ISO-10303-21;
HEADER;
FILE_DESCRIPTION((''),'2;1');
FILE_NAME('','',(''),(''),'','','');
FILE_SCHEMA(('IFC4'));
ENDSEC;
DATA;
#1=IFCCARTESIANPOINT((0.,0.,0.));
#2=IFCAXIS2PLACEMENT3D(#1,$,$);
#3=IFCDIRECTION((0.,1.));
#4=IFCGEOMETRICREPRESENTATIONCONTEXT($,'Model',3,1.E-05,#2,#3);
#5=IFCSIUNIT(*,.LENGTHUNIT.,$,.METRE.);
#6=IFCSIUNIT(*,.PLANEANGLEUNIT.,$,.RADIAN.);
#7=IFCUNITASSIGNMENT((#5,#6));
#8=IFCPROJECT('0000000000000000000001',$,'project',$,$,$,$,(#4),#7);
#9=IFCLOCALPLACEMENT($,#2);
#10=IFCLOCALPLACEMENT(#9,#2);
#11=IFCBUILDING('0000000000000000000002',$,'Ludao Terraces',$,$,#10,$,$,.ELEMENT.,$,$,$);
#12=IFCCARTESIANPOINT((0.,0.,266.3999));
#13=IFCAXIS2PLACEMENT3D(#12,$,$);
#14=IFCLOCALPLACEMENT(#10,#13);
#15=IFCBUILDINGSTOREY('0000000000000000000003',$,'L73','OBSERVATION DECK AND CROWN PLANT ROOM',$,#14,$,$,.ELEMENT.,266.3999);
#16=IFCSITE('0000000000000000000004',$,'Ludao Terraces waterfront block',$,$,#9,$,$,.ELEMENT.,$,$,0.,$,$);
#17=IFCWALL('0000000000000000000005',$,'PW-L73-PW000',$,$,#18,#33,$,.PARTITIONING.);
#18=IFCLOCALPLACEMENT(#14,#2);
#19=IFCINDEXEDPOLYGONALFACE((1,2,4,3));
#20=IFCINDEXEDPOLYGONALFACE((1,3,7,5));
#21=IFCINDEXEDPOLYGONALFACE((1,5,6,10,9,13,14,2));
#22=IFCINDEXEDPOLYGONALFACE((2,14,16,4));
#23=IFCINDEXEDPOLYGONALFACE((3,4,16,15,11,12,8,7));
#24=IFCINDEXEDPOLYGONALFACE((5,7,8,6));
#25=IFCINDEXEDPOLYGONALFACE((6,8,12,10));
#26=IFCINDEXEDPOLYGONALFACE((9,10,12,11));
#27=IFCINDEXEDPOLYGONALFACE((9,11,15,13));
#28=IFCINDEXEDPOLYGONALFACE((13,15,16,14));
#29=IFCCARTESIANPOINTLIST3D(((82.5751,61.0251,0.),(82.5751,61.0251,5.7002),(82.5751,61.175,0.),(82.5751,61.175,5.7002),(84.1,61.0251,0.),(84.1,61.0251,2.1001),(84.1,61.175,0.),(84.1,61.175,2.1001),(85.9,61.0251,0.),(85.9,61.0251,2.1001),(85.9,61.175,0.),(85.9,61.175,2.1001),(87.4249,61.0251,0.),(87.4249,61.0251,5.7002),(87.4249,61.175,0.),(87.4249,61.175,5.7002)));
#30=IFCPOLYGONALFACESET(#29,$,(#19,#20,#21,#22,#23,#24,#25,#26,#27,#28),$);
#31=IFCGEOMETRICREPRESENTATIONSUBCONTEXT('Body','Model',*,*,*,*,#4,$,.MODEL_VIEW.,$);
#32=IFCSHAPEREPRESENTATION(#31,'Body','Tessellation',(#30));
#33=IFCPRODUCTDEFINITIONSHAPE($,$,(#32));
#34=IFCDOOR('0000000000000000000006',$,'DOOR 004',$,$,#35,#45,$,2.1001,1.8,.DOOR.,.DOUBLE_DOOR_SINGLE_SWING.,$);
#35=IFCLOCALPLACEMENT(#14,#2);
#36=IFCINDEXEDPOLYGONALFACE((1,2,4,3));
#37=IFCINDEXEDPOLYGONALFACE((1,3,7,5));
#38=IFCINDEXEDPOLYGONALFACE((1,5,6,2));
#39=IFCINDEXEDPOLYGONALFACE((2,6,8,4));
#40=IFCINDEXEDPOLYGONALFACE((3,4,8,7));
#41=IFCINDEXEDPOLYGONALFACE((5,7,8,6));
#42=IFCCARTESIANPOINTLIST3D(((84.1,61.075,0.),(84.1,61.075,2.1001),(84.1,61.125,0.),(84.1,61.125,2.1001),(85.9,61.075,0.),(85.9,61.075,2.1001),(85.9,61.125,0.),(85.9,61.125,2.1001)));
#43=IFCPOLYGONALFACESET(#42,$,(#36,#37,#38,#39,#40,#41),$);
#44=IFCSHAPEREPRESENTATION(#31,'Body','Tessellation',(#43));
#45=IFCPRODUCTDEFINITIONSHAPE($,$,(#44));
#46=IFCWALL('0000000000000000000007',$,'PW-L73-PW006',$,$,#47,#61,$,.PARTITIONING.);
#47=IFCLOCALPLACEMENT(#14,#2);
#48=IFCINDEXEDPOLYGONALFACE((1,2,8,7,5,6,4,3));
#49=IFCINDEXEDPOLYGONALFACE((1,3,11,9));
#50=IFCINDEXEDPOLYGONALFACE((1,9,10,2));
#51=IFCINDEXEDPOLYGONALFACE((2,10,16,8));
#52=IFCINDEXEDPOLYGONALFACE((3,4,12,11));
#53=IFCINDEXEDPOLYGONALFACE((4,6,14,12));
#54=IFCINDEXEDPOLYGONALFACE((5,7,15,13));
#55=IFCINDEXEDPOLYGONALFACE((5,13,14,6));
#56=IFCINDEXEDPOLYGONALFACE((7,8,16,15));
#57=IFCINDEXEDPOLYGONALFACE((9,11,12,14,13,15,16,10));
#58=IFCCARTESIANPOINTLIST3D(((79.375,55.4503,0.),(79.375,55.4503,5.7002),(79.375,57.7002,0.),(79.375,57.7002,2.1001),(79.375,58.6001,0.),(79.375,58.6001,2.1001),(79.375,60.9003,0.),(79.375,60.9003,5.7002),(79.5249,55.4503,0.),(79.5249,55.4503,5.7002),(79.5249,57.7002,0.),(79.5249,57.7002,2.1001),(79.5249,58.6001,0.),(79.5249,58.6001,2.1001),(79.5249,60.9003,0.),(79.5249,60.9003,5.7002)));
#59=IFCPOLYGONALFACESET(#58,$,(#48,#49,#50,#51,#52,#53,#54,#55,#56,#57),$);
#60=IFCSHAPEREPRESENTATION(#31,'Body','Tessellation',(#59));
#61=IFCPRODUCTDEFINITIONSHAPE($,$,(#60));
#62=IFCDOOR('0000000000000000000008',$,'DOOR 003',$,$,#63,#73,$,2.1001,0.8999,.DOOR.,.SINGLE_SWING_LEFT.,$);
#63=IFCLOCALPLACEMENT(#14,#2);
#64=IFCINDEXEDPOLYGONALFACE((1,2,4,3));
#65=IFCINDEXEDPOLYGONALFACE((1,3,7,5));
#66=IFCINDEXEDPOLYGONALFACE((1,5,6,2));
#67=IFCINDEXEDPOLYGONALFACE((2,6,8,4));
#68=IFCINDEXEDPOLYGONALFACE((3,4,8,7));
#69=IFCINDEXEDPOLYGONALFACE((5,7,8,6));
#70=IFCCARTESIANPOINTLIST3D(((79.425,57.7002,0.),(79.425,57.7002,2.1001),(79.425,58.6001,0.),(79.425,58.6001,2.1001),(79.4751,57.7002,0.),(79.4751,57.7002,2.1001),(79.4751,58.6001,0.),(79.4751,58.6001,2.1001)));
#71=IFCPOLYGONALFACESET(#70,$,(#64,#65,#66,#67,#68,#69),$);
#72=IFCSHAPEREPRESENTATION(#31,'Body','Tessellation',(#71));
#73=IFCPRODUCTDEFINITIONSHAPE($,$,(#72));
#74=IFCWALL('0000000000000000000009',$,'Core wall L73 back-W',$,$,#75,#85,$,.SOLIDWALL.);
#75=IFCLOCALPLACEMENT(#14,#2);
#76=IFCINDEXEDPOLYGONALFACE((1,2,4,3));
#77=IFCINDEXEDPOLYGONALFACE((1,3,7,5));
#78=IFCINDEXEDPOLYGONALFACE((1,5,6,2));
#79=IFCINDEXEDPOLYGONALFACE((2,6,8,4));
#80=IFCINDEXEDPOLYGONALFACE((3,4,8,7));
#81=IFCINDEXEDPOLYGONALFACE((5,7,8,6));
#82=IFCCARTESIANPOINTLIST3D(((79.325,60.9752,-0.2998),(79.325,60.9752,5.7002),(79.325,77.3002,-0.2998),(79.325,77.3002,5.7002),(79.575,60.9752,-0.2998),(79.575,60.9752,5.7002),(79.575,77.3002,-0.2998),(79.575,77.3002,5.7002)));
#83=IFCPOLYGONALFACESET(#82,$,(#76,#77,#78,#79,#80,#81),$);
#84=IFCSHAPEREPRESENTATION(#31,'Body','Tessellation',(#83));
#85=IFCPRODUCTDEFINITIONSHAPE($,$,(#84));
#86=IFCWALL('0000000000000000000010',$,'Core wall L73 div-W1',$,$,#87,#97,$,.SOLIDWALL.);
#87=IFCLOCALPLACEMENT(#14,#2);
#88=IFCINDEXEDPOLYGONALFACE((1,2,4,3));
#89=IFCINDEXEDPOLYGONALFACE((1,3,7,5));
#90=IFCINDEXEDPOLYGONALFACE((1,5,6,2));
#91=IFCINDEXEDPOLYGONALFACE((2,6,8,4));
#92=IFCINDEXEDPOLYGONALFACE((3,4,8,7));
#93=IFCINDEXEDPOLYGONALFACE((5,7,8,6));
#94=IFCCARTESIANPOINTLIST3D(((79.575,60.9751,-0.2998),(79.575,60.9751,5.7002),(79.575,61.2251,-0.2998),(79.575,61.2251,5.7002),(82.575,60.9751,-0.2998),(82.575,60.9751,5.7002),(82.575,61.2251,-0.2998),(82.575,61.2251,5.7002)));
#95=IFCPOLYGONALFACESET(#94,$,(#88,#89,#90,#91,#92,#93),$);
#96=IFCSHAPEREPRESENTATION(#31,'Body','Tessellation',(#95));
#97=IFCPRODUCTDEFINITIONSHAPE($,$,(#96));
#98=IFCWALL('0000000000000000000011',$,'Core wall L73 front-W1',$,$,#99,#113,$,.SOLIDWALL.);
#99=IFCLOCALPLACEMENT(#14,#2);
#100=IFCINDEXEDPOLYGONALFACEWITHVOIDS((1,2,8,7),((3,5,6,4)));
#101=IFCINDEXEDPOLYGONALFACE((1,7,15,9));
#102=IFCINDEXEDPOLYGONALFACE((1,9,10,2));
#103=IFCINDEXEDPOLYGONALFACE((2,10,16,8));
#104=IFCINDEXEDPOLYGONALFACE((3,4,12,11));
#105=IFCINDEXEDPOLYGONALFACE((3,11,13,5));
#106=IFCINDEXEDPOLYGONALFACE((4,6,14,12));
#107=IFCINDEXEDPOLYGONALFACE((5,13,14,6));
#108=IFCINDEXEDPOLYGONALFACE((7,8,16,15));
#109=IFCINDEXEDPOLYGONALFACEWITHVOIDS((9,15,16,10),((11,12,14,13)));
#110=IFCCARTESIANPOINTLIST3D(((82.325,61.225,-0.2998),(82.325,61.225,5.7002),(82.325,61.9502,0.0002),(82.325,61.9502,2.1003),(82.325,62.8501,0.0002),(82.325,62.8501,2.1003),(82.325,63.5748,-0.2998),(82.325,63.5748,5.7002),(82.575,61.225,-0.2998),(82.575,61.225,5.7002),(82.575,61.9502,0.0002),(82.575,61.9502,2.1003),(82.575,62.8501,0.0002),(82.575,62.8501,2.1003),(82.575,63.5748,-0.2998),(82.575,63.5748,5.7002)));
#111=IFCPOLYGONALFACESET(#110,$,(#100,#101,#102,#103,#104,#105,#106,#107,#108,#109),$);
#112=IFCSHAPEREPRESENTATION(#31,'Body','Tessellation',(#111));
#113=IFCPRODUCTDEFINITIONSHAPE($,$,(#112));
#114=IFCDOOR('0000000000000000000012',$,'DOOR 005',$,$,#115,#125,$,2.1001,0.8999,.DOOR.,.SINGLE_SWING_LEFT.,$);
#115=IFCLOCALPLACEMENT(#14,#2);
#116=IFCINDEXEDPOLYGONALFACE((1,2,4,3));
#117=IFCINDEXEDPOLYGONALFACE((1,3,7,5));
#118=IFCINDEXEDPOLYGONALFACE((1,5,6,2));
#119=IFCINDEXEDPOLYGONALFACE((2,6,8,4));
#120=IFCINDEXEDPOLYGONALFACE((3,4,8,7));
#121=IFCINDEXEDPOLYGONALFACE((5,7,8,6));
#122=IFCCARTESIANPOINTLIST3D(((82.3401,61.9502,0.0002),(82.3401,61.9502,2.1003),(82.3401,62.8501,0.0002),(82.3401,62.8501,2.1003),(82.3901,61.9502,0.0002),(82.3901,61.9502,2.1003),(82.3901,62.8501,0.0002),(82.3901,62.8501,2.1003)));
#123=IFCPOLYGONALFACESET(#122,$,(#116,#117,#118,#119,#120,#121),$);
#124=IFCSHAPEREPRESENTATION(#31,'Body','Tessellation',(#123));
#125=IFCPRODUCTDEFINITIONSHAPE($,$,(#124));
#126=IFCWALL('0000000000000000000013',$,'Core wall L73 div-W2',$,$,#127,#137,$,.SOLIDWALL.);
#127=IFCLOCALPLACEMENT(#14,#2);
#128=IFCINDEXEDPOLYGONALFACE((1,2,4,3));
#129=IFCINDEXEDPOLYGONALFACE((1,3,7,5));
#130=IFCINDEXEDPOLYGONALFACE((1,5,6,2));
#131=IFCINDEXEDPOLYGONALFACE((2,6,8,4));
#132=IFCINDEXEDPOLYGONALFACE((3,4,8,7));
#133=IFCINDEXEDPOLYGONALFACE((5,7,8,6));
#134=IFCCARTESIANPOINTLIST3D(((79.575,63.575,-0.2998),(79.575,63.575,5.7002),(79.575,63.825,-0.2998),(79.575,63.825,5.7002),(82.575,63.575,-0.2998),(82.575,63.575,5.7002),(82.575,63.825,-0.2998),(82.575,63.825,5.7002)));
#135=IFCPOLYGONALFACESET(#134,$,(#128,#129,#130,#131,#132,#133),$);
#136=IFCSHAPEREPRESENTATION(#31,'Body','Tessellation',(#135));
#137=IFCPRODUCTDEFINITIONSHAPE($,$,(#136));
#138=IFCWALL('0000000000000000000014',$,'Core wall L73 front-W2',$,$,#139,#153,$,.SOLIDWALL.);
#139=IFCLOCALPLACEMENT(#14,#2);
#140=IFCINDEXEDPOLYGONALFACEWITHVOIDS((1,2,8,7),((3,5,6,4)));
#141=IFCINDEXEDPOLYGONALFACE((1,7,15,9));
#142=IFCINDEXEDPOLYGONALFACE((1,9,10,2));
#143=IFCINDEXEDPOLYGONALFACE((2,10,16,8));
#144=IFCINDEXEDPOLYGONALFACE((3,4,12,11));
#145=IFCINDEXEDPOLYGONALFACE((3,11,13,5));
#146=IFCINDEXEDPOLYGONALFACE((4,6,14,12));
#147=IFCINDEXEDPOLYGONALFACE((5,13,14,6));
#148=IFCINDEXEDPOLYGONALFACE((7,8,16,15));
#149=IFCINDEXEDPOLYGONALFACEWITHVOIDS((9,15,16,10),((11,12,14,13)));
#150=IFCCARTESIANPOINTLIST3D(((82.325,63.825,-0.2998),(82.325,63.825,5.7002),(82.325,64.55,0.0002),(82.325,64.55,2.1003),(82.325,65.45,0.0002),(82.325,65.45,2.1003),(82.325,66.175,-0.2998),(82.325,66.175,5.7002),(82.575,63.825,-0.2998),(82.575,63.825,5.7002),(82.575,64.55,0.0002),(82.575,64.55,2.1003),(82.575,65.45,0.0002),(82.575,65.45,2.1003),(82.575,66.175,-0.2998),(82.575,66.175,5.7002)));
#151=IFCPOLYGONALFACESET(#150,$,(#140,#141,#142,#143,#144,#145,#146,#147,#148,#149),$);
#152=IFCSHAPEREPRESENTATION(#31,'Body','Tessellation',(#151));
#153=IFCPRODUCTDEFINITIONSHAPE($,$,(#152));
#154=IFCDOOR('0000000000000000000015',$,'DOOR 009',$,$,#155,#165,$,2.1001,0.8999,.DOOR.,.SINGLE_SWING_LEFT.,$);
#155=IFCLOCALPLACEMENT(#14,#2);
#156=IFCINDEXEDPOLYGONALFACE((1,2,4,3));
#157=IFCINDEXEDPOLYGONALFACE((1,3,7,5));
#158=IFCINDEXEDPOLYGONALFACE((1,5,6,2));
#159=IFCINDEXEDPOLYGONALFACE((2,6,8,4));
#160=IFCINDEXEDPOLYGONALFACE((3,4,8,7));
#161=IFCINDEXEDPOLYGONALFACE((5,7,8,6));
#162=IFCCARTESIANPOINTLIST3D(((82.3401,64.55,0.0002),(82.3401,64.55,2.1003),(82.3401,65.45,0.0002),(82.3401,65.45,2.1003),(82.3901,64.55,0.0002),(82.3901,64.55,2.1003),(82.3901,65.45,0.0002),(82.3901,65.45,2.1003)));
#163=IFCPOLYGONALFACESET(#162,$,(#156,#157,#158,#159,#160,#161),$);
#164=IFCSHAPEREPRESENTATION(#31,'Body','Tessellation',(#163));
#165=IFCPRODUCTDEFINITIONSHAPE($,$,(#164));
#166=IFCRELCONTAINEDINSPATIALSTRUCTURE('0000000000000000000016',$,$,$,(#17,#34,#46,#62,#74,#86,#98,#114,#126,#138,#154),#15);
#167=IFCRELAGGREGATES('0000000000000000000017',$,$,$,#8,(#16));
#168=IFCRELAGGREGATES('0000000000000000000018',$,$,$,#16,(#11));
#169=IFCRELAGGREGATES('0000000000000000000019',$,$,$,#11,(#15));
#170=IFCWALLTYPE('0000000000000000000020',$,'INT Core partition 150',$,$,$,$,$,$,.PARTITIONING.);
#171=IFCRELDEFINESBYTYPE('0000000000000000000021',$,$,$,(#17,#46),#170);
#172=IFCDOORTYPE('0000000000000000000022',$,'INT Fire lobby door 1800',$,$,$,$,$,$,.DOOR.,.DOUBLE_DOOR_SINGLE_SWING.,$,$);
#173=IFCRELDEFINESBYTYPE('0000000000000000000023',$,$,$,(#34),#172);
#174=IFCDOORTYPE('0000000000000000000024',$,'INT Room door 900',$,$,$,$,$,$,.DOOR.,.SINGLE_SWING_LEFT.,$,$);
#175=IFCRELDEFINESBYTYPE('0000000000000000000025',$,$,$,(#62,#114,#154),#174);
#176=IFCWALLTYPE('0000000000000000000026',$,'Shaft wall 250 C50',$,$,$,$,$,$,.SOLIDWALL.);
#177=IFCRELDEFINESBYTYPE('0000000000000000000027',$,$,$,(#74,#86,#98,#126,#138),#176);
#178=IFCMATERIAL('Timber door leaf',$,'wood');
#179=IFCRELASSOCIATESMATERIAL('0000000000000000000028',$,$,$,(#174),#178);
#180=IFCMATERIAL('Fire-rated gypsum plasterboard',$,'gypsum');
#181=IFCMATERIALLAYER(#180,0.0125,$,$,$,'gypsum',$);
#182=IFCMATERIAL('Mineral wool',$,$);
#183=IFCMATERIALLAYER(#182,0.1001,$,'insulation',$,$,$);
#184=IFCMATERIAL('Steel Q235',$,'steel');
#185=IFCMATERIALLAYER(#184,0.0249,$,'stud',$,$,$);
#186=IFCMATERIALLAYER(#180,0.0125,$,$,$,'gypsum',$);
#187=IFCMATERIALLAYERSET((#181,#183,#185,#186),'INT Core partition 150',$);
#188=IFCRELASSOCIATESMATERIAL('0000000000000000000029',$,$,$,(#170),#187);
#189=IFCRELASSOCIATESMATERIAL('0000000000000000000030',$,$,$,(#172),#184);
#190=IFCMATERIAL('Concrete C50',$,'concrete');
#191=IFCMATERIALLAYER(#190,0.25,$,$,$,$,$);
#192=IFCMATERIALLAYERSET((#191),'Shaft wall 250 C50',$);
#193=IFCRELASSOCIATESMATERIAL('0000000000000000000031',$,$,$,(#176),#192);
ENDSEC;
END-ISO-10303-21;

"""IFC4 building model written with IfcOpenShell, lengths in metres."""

from ifc_helpers import new_model, si_unit, direction, frame, frame_2d, origin, place, context, subcontext, project, spatial, rectangle, extrude, material, layer, layer_set, type_object, element, fill, save


model = new_model("IFC4")

# Units and contexts
model_context = context("Model", 3, precision=1e-05, world=origin(), true_north=direction((0.0, 1.0)))
body_context = subcontext(model_context, "Body", "Model", "MODEL_VIEW")
ifc_project = project(units=[si_unit("LENGTHUNIT", "METRE"), si_unit("PLANEANGLEUNIT", "RADIAN")], contexts=[model_context])

# Site, building, storey
site_placement = place(None, origin())
site = spatial("IfcSite", under=ifc_project, at=site_placement, Name="Ludao Terraces waterfront block", CompositionType="ELEMENT", RefElevation=0.0)
building_placement = place(site_placement, origin())
building = spatial("IfcBuilding", under=site, at=building_placement, Name="Ludao Terraces", CompositionType="ELEMENT")
storey_placement = place(building_placement, frame((0.0, 0.0, 266.3999)))
storey = spatial("IfcBuildingStorey", under=building, at=storey_placement, Name="L73", Description="OBSERVATION DECK AND CROWN PLANT ROOM", CompositionType="ELEMENT", Elevation=266.3999)

# Shared definitions
ifc_material_1 = material(Name="Concrete C50", Category="concrete")
ifc_material_2 = material(Name="Steel Q235", Category="steel")
ifc_material_3 = material(Name="Timber door leaf", Category="wood")
door_type_1 = type_object("IfcDoorType", Name="INT Room door 900", OperationType="SINGLE_SWING_LEFT", PredefinedType="DOOR", material=ifc_material_3)

# Walls, openings, doors
ifc_material_4 = material(Name="Fire-rated gypsum plasterboard", Category="gypsum")
ifc_layer_1 = layer(ifc_material_4, 0.0125, Category="gypsum")
ifc_material_5 = material(Name="Mineral wool")
ifc_layer_2 = layer(ifc_material_5, 0.1001, Name="insulation")
ifc_layer_3 = layer(ifc_material_2, 0.0249, Name="stud")
ifc_layer_4 = layer(ifc_material_4, 0.0125, Category="gypsum")
ifc_layer_set_1 = layer_set([ifc_layer_1, ifc_layer_2, ifc_layer_3, ifc_layer_4], Name="INT Core partition 150")
wall_type_1 = type_object("IfcWallType", Name="INT Core partition 150", PredefinedType="PARTITIONING", material=ifc_layer_set_1)
wall_1_placement = place(storey_placement, frame((82.5752, 61.1001, 0.0), z_axis=(0.0, 0.0, 1.0), x_axis=(1.0, 0.0, 0.0)))
wall_1 = element("IfcWall", 1, at=wall_1_placement, inside=storey, type_object=wall_type_1, Name="PW-L73-PW000", PredefinedType="PARTITIONING", context=body_context, shape_type="SweptSolid", body=[
    extrude(rectangle(XDim=4.8499, YDim=0.1499, at=frame_2d((2.4248, 0.0))), origin(), (0.0, 0.0, 1.0), 5.7002),
])
opening_1_placement = place(wall_1_placement, frame((1.5249, 0.0, 0.0)))
opening_1 = element("IfcOpeningElement", 2, at=opening_1_placement, cuts=wall_1, PredefinedType="OPENING", context=body_context, shape_type="SweptSolid", body=[
    extrude(rectangle(XDim=1.8, YDim=2.1001, at=frame_2d((0.8999, 1.05))), frame((0.0, 0.085, 0.0), z_axis=(0.0, -1.0, 0.0), x_axis=(1.0, 0.0, 0.0)), (0.0, 0.0, 1.0), 0.1699),
])
door_type_2 = type_object("IfcDoorType", Name="INT Fire lobby door 1800", OperationType="DOUBLE_DOOR_SINGLE_SWING", PredefinedType="DOOR", material=ifc_material_2)
door_1_placement = place(opening_1_placement, origin())
door_1 = element("IfcDoor", 3, at=door_1_placement, inside=storey, type_object=door_type_2, Name="DOOR 004", OperationType="DOUBLE_DOOR_SINGLE_SWING", OverallHeight=2.1001, OverallWidth=1.8, PredefinedType="DOOR", context=body_context, shape_type="SweptSolid", body=[
    extrude(rectangle(XDim=1.8, YDim=2.1001, at=frame_2d((0.8999, 1.05))), frame((0.0, 0.0249, 0.0), z_axis=(0.0, -1.0, 0.0), x_axis=(1.0, 0.0, 0.0)), (0.0, 0.0, 1.0), 0.05),
])
fill(opening_1, door_1)
wall_2_placement = place(storey_placement, frame((79.45, 55.4502, 0.0), z_axis=(0.0, 0.0, 1.0), x_axis=(0.0, 1.0, 0.0)))
wall_2 = element("IfcWall", 4, at=wall_2_placement, inside=storey, type_object=wall_type_1, Name="PW-L73-PW006", PredefinedType="PARTITIONING", context=body_context, shape_type="SweptSolid", body=[
    extrude(rectangle(XDim=5.45, YDim=0.1499, at=frame_2d((2.7251, 0.0))), origin(), (0.0, 0.0, 1.0), 5.7002),
])
opening_2_placement = place(wall_2_placement, frame((2.25, 0.0, 0.0)))
opening_2 = element("IfcOpeningElement", 5, at=opening_2_placement, cuts=wall_2, PredefinedType="OPENING", context=body_context, shape_type="SweptSolid", body=[
    extrude(rectangle(XDim=0.8999, YDim=2.1001, at=frame_2d((0.45, 1.05))), frame((0.0, 0.085, 0.0), z_axis=(0.0, -1.0, 0.0), x_axis=(1.0, 0.0, 0.0)), (0.0, 0.0, 1.0), 0.1699),
])
door_2_placement = place(opening_2_placement, origin())
door_2 = element("IfcDoor", 6, at=door_2_placement, inside=storey, type_object=door_type_1, Name="DOOR 003", OperationType="SINGLE_SWING_LEFT", OverallHeight=2.1001, OverallWidth=0.8999, PredefinedType="DOOR", context=body_context, shape_type="SweptSolid", body=[
    extrude(rectangle(XDim=0.8999, YDim=2.1001, at=frame_2d((0.45, 1.05))), frame((0.0, 0.0249, 0.0), z_axis=(0.0, -1.0, 0.0), x_axis=(1.0, 0.0, 0.0)), (0.0, 0.0, 1.0), 0.05),
])
fill(opening_2, door_2)

# Walls
ifc_layer_5 = layer(ifc_material_1, 0.25)
ifc_layer_set_2 = layer_set([ifc_layer_5], Name="Shaft wall 250 C50")
wall_type_2 = type_object("IfcWallType", Name="Shaft wall 250 C50", PredefinedType="SOLIDWALL", material=ifc_layer_set_2)
wall_3_placement = place(storey_placement, frame((79.45, 60.9751, -0.2998), z_axis=(0.0, 0.0, 1.0), x_axis=(0.0, 1.0, 0.0)))
element("IfcWall", 7, at=wall_3_placement, inside=storey, type_object=wall_type_2, Name="Core wall L73 back-W", PredefinedType="SOLIDWALL", context=body_context, shape_type="SweptSolid", body=[
    extrude(rectangle(XDim=16.325, YDim=0.25, at=frame_2d((8.1626, 0.0))), origin(), (0.0, 0.0, 1.0), 6.0),
])
wall_4_placement = place(storey_placement, frame((79.575, 61.1001, -0.2998), z_axis=(0.0, 0.0, 1.0), x_axis=(1.0, 0.0, 0.0)))
element("IfcWall", 8, at=wall_4_placement, inside=storey, type_object=wall_type_2, Name="Core wall L73 div-W1", PredefinedType="SOLIDWALL", context=body_context, shape_type="SweptSolid", body=[
    extrude(rectangle(XDim=3.0, YDim=0.25, at=frame_2d((1.5, 0.0))), origin(), (0.0, 0.0, 1.0), 6.0),
])

# Wall, opening, door
wall_5_placement = place(storey_placement, frame((82.45, 61.2251, -0.2998), z_axis=(0.0, 0.0, 1.0), x_axis=(0.0, 1.0, 0.0)))
wall_5 = element("IfcWall", 9, at=wall_5_placement, inside=storey, type_object=wall_type_2, Name="Core wall L73 front-W1", PredefinedType="SOLIDWALL", context=body_context, shape_type="SweptSolid", body=[
    extrude(rectangle(XDim=2.3499, YDim=0.25, at=frame_2d((1.1748, 0.0))), origin(), (0.0, 0.0, 1.0), 6.0),
])
opening_3_placement = place(wall_5_placement, frame((0.7251, 0.0, 0.3)))
opening_3 = element("IfcOpeningElement", 10, at=opening_3_placement, cuts=wall_5, PredefinedType="OPENING", context=body_context, shape_type="SweptSolid", body=[
    extrude(rectangle(XDim=0.8999, YDim=2.1001, at=frame_2d((0.45, 1.05))), frame((0.0, 0.135, 0.0), z_axis=(0.0, -1.0, 0.0), x_axis=(1.0, 0.0, 0.0)), (0.0, 0.0, 1.0), 0.27),
])
door_3_placement = place(opening_3_placement, origin())
door_3 = element("IfcDoor", 11, at=door_3_placement, inside=storey, type_object=door_type_1, Name="DOOR 005", OperationType="SINGLE_SWING_LEFT", OverallHeight=2.1001, OverallWidth=0.8999, PredefinedType="DOOR", context=body_context, shape_type="SweptSolid", body=[
    extrude(rectangle(XDim=0.8999, YDim=2.1001, at=frame_2d((0.45, 1.05))), frame((0.0, 0.1099, 0.0), z_axis=(0.0, -1.0, 0.0), x_axis=(1.0, 0.0, 0.0)), (0.0, 0.0, 1.0), 0.05),
])
fill(opening_3, door_3)

# Wall
wall_6_placement = place(storey_placement, frame((79.575, 63.7, -0.2998), z_axis=(0.0, 0.0, 1.0), x_axis=(1.0, 0.0, 0.0)))
element("IfcWall", 12, at=wall_6_placement, inside=storey, type_object=wall_type_2, Name="Core wall L73 div-W2", PredefinedType="SOLIDWALL", context=body_context, shape_type="SweptSolid", body=[
    extrude(rectangle(XDim=3.0, YDim=0.25, at=frame_2d((1.5, 0.0))), origin(), (0.0, 0.0, 1.0), 6.0),
])

# Wall, opening, door
wall_7_placement = place(storey_placement, frame((82.45, 63.825, -0.2998), z_axis=(0.0, 0.0, 1.0), x_axis=(0.0, 1.0, 0.0)))
wall_7 = element("IfcWall", 13, at=wall_7_placement, inside=storey, type_object=wall_type_2, Name="Core wall L73 front-W2", PredefinedType="SOLIDWALL", context=body_context, shape_type="SweptSolid", body=[
    extrude(rectangle(XDim=2.3501, YDim=0.25, at=frame_2d((1.175, 0.0))), origin(), (0.0, 0.0, 1.0), 6.0),
])
opening_4_placement = place(wall_7_placement, frame((0.7251, 0.0, 0.3)))
opening_4 = element("IfcOpeningElement", 14, at=opening_4_placement, cuts=wall_7, PredefinedType="OPENING", context=body_context, shape_type="SweptSolid", body=[
    extrude(rectangle(XDim=0.8999, YDim=2.1001, at=frame_2d((0.45, 1.05))), frame((0.0, 0.135, 0.0), z_axis=(0.0, -1.0, 0.0), x_axis=(1.0, 0.0, 0.0)), (0.0, 0.0, 1.0), 0.27),
])
door_4_placement = place(opening_4_placement, origin())
door_4 = element("IfcDoor", 15, at=door_4_placement, inside=storey, type_object=door_type_1, Name="DOOR 009", OperationType="SINGLE_SWING_LEFT", OverallHeight=2.1001, OverallWidth=0.8999, PredefinedType="DOOR", context=body_context, shape_type="SweptSolid", body=[
    extrude(rectangle(XDim=0.8999, YDim=2.1001, at=frame_2d((0.45, 1.05))), frame((0.0, 0.1099, 0.0), z_axis=(0.0, -1.0, 0.0), x_axis=(1.0, 0.0, 0.0)), (0.0, 0.0, 1.0), 0.05),
])
fill(opening_4, door_4)

save(model, "model.ifc")
